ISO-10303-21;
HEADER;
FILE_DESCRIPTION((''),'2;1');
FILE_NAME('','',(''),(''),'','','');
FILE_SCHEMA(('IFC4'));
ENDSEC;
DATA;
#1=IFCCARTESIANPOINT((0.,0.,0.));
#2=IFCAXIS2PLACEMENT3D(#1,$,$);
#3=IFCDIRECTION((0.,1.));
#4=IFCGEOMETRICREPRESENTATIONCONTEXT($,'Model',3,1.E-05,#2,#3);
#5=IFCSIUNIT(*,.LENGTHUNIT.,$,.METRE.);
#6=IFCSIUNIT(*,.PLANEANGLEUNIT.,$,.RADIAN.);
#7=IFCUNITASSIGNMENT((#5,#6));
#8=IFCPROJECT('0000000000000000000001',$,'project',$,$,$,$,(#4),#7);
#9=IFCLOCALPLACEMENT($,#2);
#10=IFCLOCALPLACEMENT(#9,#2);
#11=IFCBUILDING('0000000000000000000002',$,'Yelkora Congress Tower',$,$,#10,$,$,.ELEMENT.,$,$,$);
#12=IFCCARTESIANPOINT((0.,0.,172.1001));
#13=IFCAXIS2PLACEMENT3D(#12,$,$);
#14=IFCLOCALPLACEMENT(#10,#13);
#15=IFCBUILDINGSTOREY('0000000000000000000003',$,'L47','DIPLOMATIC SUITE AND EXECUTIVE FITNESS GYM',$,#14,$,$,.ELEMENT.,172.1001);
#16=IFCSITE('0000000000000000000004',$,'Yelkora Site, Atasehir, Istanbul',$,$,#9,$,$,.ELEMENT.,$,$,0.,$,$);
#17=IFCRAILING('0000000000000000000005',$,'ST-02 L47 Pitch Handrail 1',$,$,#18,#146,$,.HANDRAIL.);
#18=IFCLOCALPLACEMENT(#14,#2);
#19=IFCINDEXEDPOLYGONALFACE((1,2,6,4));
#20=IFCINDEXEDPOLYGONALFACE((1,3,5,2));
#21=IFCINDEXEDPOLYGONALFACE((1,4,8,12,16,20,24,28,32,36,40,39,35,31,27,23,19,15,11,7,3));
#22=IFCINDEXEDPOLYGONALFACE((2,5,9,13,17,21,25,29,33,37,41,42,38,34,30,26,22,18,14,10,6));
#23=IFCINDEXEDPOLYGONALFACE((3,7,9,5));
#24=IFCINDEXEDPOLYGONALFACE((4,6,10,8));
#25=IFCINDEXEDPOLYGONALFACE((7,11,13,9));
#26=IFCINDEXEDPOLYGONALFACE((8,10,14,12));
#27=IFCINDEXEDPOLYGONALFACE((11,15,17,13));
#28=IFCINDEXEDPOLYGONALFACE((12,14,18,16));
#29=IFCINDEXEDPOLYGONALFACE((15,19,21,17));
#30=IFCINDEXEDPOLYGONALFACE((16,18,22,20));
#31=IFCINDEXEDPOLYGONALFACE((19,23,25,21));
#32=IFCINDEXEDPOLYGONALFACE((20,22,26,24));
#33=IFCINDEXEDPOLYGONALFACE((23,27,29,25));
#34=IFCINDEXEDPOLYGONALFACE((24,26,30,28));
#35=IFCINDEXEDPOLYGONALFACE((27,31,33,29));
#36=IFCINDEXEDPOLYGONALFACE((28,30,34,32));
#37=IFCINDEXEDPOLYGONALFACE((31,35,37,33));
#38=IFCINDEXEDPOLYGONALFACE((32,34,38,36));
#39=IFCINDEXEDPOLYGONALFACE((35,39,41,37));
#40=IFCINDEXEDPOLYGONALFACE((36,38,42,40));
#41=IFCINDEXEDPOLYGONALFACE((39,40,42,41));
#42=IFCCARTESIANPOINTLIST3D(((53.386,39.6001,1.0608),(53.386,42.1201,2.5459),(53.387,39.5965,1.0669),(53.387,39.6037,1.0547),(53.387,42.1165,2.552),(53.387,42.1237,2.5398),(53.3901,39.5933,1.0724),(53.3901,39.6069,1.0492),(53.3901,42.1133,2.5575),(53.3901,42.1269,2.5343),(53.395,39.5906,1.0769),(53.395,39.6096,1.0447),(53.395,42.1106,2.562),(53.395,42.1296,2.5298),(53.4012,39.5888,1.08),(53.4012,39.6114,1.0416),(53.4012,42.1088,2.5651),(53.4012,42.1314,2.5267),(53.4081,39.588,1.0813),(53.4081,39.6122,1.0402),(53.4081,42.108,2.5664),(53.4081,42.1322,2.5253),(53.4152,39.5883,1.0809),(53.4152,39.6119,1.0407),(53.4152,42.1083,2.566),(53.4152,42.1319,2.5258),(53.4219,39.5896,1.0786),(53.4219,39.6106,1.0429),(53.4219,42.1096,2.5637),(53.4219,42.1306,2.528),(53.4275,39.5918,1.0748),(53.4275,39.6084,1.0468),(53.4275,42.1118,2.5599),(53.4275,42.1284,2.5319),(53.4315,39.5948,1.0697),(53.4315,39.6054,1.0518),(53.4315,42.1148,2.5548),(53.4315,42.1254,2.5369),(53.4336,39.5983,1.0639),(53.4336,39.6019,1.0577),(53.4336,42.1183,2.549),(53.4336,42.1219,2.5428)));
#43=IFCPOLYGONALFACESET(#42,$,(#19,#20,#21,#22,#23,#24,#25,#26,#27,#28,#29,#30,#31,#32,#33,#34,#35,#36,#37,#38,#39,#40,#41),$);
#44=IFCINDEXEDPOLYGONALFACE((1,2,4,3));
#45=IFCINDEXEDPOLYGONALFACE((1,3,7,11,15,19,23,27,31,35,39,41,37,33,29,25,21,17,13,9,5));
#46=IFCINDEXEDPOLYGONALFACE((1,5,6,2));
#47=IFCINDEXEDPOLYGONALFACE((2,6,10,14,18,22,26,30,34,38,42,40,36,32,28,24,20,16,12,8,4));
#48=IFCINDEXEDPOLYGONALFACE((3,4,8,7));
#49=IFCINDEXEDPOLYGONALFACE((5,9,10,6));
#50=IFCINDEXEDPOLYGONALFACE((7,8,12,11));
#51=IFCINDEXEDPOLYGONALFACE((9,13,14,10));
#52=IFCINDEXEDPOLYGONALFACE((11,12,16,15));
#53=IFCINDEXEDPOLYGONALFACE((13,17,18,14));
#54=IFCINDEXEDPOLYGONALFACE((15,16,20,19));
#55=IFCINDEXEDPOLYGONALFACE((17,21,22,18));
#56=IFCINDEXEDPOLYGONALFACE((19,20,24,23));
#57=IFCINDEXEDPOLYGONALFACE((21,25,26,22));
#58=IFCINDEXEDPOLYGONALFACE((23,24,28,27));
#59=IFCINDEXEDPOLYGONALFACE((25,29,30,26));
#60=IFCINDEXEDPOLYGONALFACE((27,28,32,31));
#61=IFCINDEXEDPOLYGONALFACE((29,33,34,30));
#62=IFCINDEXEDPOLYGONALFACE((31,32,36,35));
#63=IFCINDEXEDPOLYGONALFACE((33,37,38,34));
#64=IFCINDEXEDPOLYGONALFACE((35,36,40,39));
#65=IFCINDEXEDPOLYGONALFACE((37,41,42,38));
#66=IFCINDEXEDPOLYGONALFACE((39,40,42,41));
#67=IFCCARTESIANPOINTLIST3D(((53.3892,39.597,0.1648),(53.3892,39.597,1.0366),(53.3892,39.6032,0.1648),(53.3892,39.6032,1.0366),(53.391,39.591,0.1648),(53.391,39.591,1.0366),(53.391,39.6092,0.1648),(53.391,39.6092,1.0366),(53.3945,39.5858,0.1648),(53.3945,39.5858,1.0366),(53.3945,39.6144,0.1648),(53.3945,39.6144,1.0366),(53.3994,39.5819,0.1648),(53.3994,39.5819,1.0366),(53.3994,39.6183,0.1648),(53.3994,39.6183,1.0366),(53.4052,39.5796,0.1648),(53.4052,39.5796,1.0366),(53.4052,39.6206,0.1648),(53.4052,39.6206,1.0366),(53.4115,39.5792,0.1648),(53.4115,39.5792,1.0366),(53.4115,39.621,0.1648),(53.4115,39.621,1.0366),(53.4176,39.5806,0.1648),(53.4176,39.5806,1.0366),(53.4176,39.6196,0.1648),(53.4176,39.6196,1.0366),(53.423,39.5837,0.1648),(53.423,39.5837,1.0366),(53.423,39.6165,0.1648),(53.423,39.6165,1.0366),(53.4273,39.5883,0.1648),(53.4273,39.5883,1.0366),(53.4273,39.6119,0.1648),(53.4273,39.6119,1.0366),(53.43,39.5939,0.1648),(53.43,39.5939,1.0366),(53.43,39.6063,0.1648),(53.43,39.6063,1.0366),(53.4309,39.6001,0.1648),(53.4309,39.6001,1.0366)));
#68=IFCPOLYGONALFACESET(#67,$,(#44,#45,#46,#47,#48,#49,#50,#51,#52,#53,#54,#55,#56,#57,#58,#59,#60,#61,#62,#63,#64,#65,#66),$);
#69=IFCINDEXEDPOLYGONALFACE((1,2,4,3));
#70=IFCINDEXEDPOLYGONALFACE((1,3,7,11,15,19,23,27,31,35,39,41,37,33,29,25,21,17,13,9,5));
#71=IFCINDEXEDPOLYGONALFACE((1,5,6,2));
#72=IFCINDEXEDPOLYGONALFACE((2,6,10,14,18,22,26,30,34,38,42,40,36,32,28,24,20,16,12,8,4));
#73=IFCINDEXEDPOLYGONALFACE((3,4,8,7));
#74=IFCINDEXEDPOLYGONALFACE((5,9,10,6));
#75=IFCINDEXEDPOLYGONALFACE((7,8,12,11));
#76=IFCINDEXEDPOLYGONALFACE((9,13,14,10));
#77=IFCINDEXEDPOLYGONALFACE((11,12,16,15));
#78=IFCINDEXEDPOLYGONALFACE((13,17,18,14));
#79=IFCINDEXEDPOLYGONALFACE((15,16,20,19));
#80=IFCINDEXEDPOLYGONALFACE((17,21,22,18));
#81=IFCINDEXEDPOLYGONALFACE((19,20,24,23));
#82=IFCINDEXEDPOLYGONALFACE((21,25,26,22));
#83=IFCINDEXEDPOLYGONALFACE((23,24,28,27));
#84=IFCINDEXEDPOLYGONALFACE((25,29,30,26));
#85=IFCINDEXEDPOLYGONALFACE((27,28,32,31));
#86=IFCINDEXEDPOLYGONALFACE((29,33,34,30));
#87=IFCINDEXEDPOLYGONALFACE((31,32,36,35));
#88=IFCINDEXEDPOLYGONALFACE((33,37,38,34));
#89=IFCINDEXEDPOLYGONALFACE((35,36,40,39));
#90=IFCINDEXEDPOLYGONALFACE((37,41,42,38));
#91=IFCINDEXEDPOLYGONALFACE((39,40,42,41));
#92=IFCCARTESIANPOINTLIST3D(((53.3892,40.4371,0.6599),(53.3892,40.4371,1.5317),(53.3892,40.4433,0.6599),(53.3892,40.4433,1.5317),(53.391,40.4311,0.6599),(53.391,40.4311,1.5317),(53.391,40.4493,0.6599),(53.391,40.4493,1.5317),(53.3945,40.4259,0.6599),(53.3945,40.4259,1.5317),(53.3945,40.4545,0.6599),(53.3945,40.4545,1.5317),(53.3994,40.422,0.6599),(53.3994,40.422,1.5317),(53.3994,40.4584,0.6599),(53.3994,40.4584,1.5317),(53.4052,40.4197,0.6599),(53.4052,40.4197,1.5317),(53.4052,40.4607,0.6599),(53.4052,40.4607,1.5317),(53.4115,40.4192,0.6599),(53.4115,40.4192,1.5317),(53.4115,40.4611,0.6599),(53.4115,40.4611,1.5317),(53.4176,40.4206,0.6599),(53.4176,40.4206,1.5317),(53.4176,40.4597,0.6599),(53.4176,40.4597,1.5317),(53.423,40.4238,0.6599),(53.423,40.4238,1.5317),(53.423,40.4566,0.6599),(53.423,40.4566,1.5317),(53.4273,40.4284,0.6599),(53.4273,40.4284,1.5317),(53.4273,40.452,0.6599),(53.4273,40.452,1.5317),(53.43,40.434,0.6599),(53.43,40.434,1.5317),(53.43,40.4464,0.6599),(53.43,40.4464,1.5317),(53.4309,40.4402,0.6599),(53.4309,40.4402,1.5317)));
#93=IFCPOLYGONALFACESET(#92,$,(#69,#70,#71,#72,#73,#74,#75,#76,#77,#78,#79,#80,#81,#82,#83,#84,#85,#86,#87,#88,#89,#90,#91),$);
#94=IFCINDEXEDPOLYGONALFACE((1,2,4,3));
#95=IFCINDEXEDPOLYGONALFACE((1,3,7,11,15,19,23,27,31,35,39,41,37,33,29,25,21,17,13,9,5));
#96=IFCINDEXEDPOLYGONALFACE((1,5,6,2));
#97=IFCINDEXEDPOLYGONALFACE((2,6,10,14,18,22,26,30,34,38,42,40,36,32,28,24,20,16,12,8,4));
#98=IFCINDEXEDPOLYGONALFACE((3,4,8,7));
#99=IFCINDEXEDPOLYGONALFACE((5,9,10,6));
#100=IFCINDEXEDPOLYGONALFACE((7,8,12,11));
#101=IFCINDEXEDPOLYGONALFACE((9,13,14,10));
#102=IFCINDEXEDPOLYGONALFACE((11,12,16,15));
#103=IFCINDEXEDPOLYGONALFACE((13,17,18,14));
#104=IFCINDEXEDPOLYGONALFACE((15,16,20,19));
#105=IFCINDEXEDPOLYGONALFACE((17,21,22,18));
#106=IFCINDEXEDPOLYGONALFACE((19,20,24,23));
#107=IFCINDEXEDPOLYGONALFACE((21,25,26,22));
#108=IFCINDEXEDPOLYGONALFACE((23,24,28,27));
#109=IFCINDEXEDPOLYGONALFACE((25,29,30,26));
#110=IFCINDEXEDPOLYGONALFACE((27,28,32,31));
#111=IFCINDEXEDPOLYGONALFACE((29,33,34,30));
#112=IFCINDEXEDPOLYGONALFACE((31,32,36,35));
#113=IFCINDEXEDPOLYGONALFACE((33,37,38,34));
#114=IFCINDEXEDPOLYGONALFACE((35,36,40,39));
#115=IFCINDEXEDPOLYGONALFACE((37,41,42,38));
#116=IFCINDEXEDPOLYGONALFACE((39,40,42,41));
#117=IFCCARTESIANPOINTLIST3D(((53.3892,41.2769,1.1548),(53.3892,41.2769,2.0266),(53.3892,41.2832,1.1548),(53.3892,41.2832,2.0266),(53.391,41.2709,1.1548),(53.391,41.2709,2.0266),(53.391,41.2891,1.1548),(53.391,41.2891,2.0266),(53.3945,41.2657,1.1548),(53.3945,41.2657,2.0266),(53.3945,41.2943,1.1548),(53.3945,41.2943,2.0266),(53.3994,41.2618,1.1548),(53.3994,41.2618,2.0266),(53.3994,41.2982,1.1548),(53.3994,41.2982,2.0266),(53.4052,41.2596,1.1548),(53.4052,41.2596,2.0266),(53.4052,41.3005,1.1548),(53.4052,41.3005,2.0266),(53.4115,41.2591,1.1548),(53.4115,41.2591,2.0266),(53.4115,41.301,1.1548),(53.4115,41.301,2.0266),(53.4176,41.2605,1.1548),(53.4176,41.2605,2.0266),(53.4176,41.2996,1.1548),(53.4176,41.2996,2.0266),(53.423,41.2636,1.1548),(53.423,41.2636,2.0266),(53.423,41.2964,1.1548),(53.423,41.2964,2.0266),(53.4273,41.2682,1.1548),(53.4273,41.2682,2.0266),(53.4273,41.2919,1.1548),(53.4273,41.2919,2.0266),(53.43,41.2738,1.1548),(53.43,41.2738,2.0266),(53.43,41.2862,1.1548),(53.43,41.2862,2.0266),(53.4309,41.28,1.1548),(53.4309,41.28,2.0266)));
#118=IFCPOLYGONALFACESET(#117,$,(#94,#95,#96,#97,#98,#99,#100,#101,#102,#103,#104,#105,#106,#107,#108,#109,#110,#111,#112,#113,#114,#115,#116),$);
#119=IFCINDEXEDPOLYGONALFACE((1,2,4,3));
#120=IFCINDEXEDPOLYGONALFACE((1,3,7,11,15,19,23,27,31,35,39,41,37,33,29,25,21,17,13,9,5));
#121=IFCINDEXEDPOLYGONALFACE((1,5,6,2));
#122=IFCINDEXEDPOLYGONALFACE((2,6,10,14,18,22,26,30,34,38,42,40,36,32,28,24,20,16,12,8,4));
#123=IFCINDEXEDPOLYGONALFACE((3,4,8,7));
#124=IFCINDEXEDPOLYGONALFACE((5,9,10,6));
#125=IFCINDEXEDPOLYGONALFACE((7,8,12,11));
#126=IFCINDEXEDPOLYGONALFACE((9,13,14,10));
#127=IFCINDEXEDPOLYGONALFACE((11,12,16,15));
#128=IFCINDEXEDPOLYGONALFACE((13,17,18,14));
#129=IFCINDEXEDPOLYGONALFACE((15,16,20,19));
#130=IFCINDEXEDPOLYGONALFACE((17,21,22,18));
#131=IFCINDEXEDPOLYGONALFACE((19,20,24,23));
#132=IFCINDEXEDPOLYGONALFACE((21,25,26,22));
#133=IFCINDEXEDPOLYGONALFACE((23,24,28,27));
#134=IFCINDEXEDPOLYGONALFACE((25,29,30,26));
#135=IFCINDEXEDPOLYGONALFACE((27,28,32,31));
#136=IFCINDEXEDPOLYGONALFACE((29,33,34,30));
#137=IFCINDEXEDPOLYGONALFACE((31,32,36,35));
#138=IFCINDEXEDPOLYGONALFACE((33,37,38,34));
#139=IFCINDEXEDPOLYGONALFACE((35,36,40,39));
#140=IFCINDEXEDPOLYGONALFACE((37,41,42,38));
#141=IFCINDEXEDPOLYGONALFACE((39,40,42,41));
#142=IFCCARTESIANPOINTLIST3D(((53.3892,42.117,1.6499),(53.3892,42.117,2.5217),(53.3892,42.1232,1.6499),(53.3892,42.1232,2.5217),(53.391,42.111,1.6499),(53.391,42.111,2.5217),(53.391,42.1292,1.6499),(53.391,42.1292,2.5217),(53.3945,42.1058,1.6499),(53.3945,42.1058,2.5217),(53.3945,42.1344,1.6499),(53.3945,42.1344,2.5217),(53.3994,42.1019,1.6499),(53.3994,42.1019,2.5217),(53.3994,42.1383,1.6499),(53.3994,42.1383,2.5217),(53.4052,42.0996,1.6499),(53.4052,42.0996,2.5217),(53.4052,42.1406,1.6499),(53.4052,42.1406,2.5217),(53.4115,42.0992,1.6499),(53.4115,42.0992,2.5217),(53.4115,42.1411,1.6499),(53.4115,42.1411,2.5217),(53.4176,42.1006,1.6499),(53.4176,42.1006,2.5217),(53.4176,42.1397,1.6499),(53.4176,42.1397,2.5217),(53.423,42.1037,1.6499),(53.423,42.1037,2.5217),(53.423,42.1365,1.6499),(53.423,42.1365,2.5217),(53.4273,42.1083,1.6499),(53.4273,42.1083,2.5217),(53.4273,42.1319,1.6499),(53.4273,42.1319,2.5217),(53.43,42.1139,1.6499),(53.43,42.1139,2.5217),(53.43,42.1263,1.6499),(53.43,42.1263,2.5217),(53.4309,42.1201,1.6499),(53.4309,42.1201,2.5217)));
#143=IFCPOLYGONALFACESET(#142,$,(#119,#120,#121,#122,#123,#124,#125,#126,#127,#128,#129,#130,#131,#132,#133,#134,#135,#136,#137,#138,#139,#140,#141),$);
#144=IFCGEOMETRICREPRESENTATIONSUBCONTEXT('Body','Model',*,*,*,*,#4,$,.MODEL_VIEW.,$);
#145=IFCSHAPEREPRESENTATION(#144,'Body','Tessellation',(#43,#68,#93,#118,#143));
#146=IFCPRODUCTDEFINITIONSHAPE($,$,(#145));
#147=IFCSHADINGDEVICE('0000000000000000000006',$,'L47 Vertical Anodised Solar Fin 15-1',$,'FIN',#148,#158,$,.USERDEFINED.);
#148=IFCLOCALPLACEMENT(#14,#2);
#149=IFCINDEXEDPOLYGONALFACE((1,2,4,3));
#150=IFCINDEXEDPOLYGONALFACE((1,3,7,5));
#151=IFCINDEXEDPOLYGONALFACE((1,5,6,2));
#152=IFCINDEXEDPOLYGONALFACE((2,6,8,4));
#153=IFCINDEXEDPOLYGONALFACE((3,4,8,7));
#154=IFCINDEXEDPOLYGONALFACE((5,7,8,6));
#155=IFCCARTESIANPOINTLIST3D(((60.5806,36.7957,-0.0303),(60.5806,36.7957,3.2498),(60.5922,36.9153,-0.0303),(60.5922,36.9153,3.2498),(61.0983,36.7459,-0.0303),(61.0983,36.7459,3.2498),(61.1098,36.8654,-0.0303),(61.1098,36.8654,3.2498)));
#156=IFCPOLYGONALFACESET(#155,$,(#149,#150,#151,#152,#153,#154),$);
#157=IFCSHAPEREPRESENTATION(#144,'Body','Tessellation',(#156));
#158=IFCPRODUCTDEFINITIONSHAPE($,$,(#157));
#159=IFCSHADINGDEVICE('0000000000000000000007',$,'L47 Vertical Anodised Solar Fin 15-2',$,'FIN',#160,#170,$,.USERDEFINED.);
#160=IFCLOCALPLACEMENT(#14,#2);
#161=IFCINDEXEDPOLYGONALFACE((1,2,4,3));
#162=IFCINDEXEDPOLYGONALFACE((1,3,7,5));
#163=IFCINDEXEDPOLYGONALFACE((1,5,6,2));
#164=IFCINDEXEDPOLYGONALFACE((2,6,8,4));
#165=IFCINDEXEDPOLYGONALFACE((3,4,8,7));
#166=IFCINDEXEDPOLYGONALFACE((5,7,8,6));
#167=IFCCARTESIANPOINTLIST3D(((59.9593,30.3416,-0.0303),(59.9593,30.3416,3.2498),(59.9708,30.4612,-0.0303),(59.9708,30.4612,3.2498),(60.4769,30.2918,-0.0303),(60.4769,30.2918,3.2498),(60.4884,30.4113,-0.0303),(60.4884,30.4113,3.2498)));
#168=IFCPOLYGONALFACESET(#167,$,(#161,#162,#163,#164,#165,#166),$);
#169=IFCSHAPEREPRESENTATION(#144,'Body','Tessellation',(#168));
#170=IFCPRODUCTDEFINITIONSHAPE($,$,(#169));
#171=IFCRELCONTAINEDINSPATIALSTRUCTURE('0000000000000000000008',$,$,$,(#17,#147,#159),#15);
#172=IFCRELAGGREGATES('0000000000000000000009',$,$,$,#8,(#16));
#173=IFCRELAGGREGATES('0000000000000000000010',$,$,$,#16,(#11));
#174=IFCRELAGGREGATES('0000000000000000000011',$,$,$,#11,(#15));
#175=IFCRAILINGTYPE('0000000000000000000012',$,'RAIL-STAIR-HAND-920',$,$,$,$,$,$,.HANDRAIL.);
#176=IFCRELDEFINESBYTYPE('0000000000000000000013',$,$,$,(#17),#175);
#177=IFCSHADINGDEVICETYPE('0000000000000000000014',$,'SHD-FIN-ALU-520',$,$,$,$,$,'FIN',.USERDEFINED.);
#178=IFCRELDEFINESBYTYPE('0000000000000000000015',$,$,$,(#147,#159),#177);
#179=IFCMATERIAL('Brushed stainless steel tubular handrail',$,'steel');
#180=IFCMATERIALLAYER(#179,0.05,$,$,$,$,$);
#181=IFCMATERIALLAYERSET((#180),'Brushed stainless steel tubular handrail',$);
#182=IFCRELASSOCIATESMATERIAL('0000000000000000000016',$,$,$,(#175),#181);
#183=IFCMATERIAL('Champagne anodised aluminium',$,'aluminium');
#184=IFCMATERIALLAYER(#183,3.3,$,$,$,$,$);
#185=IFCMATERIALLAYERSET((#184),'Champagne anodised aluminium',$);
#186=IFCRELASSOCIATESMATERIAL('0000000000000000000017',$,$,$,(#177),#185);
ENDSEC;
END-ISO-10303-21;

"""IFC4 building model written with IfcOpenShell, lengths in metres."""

from ifc_helpers import new_model, si_unit, direction, frame, origin, origin_2d, place, context, subcontext, project, spatial, rectangle, circle, extrude, material, layer, layer_set, type_object, element, save


model = new_model("IFC4")

# Units and contexts
model_context = context("Model", 3, precision=1e-05, world=origin(), true_north=direction((0.0, 1.0)))
body_context = subcontext(model_context, "Body", "Model", "MODEL_VIEW")
ifc_project = project(units=[si_unit("LENGTHUNIT", "METRE"), si_unit("PLANEANGLEUNIT", "RADIAN")], contexts=[model_context])

# Site, building, storey
site_placement = place(None, origin())
site = spatial("IfcSite", under=ifc_project, at=site_placement, Name="Yelkora Site, Atasehir, Istanbul", CompositionType="ELEMENT", RefElevation=0.0)
building_placement = place(site_placement, origin())
building = spatial("IfcBuilding", under=site, at=building_placement, Name="Yelkora Congress Tower", CompositionType="ELEMENT")
storey_placement = place(building_placement, frame((0.0, 0.0, 172.1001)))
storey = spatial("IfcBuildingStorey", under=building, at=storey_placement, Name="L47", Description="DIPLOMATIC SUITE AND EXECUTIVE FITNESS GYM", CompositionType="ELEMENT", Elevation=172.1001)

# Railing
ifc_material_1 = material(Name="Brushed stainless steel tubular handrail", Category="steel")
ifc_layer_1 = layer(ifc_material_1, 0.05)
ifc_layer_set_1 = layer_set([ifc_layer_1], Name="Brushed stainless steel tubular handrail")
railing_type_1 = type_object("IfcRailingType", Name="RAIL-STAIR-HAND-920", PredefinedType="HANDRAIL", material=ifc_layer_set_1)
railing_1_placement = place(storey_placement, frame((53.4099, 39.6001, 0.1648)))
element("IfcRailing", 1, at=railing_1_placement, inside=storey, type_object=railing_type_1, Name="ST-02 L47 Pitch Handrail 1", PredefinedType="HANDRAIL", context=body_context, shape_type="SweptSolid", body=[
    extrude(circle(Radius=0.0239, at=origin_2d()), frame((0.0, 0.0, 0.896), z_axis=(0.0, 0.861524, 0.507717), x_axis=(-1.0, 0.0, 0.0)), (0.0, 0.0, 1.0), 2.925),
    extrude(circle(Radius=0.021, at=origin_2d()), origin(), (0.0, 0.0, 1.0), 0.8718),
    extrude(circle(Radius=0.021, at=origin_2d()), frame((0.0, 0.8401, 0.4951)), (0.0, 0.0, 1.0), 0.8718),
    extrude(circle(Radius=0.021, at=origin_2d()), frame((0.0, 1.6799, 0.99)), (0.0, 0.0, 1.0), 0.8718),
    extrude(circle(Radius=0.021, at=origin_2d()), frame((0.0, 2.52, 1.4851)), (0.0, 0.0, 1.0), 0.8718),
])

# Shading devices
ifc_material_2 = material(Name="Champagne anodised aluminium", Category="aluminium")
ifc_layer_2 = layer(ifc_material_2, 3.3)
ifc_layer_set_2 = layer_set([ifc_layer_2], Name="Champagne anodised aluminium")
shading_device_type = type_object("IfcShadingDeviceType", Name="SHD-FIN-ALU-520", ElementType="FIN", PredefinedType="USERDEFINED", material=ifc_layer_set_2)
for number, where, z_axis, x_axis, name in (
    (2, (60.8452, 36.8306, -0.0303), (0.0, 0.0, 1.0), (-0.095846, -0.995396, 0.0), "L47 Vertical Anodised Solar Fin 15-1"),
    (3, (60.2239, 30.3765, -0.0303), (0.0, 0.0, 1.0), (-0.095846, -0.995396, 0.0), "L47 Vertical Anodised Solar Fin 15-2"),
):
    element("IfcShadingDevice", number, at=place(storey_placement, frame(where, z_axis=z_axis, x_axis=x_axis)), inside=storey, type_object=shading_device_type, Name=name, ObjectType="FIN", PredefinedType="USERDEFINED", context=body_context, shape_type="SweptSolid", body=[
        extrude(rectangle(XDim=0.1201, YDim=0.52, at=origin_2d()), origin(), (0.0, 0.0, 1.0), 3.28),
    ])

save(model, "model.ifc")
